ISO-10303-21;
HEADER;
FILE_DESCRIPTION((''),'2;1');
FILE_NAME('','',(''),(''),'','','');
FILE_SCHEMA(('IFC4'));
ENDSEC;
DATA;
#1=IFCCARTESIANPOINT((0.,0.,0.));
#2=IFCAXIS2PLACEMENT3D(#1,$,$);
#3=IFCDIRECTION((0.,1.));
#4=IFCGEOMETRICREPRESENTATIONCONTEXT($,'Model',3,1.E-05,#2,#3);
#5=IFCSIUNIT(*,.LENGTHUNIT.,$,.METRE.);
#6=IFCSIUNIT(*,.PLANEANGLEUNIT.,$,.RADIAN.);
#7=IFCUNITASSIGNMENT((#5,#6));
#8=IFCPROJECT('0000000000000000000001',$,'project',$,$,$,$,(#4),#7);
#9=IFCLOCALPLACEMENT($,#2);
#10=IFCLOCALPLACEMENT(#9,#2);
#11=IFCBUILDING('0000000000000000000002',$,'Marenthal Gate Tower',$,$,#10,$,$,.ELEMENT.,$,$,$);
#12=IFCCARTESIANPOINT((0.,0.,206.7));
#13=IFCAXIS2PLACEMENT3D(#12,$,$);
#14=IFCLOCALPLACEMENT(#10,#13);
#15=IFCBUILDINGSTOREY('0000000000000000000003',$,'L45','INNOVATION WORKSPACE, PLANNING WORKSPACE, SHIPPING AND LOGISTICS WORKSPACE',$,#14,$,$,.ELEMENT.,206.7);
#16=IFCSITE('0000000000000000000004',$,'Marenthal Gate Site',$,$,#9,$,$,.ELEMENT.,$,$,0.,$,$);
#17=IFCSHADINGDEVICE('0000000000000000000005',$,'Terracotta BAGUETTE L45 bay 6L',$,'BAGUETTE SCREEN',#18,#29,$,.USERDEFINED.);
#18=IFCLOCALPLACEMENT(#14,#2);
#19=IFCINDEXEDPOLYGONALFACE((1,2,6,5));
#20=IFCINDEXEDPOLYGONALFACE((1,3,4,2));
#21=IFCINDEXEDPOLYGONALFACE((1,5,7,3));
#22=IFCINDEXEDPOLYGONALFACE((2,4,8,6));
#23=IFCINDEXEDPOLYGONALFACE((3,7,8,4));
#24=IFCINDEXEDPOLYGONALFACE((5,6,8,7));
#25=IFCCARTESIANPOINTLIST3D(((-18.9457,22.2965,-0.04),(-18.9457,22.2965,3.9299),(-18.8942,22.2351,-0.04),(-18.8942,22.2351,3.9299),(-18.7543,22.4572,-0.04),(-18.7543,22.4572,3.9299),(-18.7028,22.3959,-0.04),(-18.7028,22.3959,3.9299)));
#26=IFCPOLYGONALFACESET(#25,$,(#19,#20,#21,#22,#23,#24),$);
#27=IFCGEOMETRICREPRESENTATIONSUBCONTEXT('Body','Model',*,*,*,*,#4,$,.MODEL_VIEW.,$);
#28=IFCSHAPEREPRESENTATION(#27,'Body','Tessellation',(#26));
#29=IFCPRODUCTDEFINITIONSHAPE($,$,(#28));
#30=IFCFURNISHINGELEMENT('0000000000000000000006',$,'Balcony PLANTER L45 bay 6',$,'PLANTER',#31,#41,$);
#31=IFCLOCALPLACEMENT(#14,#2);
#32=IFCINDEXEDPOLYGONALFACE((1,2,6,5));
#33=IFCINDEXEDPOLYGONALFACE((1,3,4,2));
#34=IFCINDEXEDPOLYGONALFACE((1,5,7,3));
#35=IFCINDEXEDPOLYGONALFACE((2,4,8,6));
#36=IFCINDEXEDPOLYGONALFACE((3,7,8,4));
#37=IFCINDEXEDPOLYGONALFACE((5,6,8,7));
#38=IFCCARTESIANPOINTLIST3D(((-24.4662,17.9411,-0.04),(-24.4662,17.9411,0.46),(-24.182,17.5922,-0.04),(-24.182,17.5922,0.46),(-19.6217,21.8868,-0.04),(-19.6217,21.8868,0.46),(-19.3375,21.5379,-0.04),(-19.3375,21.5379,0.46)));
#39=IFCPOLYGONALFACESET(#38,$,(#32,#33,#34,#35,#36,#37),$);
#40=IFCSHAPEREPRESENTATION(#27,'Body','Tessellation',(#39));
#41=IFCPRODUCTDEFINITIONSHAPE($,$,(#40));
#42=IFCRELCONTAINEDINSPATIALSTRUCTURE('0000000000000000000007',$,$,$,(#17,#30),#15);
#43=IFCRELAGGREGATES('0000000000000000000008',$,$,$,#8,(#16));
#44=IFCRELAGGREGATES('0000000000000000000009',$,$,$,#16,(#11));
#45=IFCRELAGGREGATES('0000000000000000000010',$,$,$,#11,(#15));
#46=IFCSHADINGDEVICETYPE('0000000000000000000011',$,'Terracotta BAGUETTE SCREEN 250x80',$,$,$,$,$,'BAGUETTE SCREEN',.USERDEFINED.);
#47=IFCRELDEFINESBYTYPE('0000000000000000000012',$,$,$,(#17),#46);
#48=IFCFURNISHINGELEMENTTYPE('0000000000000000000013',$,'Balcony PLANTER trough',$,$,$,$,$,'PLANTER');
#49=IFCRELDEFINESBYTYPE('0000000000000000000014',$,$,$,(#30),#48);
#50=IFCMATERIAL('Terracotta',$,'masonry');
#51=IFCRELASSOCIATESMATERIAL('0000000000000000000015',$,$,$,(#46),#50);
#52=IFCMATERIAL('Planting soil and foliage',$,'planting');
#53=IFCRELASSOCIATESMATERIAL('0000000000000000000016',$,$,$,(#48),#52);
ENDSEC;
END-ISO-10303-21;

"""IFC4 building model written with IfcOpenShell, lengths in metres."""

from ifc_helpers import new_model, si_unit, direction, frame, origin, origin_2d, place, context, subcontext, project, spatial, rectangle, extrude, material, material_profile, profile_set, type_object, element, save


model = new_model("IFC4")

# Units and contexts
model_context = context("Model", 3, precision=1e-05, world=origin(), true_north=direction((0.0, 1.0)))
body_context = subcontext(model_context, "Body", "Model", "MODEL_VIEW")
ifc_project = project(units=[si_unit("LENGTHUNIT", "METRE"), si_unit("PLANEANGLEUNIT", "RADIAN")], contexts=[model_context])

# Site, building, storey
site_placement = place(None, origin())
site = spatial("IfcSite", under=ifc_project, at=site_placement, Name="Marenthal Gate Site", CompositionType="ELEMENT", RefElevation=0.0)
building_placement = place(site_placement, origin())
building = spatial("IfcBuilding", under=site, at=building_placement, Name="Marenthal Gate Tower", CompositionType="ELEMENT")
storey_placement = place(building_placement, frame((0.0, 0.0, 206.7)))
storey = spatial("IfcBuildingStorey", under=building, at=storey_placement, Name="L45", Description="INNOVATION WORKSPACE, PLANNING WORKSPACE, SHIPPING AND LOGISTICS WORKSPACE", CompositionType="ELEMENT", Elevation=206.7)

# Shading device
ifc_material_1 = material(Name="Terracotta", Category="masonry")
ifc_material_profile_1 = material_profile(ifc_material_1, rectangle(XDim=0.25, YDim=0.0801, at=origin_2d()), Name="Terracotta baguette 250x80")
ifc_profile_set_1 = profile_set([ifc_material_profile_1], Name="Terracotta")
shading_device_type = type_object("IfcShadingDeviceType", Name="Terracotta BAGUETTE SCREEN 250x80", ElementType="BAGUETTE SCREEN", PredefinedType="USERDEFINED", material=ifc_profile_set_1)
shading_device_placement = place(storey_placement, frame((-18.8242, 22.3462, -0.04), z_axis=(0.0, 0.0, 1.0), x_axis=(-0.765705, -0.643192, 0.0)))
element("IfcShadingDevice", 1, at=shading_device_placement, inside=storey, type_object=shading_device_type, Name="Terracotta BAGUETTE L45 bay 6L", ObjectType="BAGUETTE SCREEN", PredefinedType="USERDEFINED", context=body_context, shape_type="SweptSolid", body=[
    extrude(rectangle(XDim=0.25, YDim=0.0801, at=origin_2d()), origin(), (0.0, 0.0, 1.0), 3.97),
])

# Furnishing element
ifc_material_2 = material(Name="Planting soil and foliage", Category="planting")
furnishing_element_type = type_object("IfcFurnishingElementType", Name="Balcony PLANTER trough", ElementType="PLANTER", material=ifc_material_2)
furnishing_placement = place(storey_placement, frame((-21.9019, 19.7395, -0.04), z_axis=(0.0, 0.0, 1.0), x_axis=(-0.77536, -0.63152, 0.0)))
element("IfcFurnishingElement", 2, at=furnishing_placement, inside=storey, type_object=furnishing_element_type, Name="Balcony PLANTER L45 bay 6", ObjectType="PLANTER", context=body_context, shape_type="SweptSolid", body=[
    extrude(rectangle(XDim=6.248, YDim=0.45, at=origin_2d()), origin(), (0.0, 0.0, 1.0), 0.5),
])

save(model, "model.ifc")
